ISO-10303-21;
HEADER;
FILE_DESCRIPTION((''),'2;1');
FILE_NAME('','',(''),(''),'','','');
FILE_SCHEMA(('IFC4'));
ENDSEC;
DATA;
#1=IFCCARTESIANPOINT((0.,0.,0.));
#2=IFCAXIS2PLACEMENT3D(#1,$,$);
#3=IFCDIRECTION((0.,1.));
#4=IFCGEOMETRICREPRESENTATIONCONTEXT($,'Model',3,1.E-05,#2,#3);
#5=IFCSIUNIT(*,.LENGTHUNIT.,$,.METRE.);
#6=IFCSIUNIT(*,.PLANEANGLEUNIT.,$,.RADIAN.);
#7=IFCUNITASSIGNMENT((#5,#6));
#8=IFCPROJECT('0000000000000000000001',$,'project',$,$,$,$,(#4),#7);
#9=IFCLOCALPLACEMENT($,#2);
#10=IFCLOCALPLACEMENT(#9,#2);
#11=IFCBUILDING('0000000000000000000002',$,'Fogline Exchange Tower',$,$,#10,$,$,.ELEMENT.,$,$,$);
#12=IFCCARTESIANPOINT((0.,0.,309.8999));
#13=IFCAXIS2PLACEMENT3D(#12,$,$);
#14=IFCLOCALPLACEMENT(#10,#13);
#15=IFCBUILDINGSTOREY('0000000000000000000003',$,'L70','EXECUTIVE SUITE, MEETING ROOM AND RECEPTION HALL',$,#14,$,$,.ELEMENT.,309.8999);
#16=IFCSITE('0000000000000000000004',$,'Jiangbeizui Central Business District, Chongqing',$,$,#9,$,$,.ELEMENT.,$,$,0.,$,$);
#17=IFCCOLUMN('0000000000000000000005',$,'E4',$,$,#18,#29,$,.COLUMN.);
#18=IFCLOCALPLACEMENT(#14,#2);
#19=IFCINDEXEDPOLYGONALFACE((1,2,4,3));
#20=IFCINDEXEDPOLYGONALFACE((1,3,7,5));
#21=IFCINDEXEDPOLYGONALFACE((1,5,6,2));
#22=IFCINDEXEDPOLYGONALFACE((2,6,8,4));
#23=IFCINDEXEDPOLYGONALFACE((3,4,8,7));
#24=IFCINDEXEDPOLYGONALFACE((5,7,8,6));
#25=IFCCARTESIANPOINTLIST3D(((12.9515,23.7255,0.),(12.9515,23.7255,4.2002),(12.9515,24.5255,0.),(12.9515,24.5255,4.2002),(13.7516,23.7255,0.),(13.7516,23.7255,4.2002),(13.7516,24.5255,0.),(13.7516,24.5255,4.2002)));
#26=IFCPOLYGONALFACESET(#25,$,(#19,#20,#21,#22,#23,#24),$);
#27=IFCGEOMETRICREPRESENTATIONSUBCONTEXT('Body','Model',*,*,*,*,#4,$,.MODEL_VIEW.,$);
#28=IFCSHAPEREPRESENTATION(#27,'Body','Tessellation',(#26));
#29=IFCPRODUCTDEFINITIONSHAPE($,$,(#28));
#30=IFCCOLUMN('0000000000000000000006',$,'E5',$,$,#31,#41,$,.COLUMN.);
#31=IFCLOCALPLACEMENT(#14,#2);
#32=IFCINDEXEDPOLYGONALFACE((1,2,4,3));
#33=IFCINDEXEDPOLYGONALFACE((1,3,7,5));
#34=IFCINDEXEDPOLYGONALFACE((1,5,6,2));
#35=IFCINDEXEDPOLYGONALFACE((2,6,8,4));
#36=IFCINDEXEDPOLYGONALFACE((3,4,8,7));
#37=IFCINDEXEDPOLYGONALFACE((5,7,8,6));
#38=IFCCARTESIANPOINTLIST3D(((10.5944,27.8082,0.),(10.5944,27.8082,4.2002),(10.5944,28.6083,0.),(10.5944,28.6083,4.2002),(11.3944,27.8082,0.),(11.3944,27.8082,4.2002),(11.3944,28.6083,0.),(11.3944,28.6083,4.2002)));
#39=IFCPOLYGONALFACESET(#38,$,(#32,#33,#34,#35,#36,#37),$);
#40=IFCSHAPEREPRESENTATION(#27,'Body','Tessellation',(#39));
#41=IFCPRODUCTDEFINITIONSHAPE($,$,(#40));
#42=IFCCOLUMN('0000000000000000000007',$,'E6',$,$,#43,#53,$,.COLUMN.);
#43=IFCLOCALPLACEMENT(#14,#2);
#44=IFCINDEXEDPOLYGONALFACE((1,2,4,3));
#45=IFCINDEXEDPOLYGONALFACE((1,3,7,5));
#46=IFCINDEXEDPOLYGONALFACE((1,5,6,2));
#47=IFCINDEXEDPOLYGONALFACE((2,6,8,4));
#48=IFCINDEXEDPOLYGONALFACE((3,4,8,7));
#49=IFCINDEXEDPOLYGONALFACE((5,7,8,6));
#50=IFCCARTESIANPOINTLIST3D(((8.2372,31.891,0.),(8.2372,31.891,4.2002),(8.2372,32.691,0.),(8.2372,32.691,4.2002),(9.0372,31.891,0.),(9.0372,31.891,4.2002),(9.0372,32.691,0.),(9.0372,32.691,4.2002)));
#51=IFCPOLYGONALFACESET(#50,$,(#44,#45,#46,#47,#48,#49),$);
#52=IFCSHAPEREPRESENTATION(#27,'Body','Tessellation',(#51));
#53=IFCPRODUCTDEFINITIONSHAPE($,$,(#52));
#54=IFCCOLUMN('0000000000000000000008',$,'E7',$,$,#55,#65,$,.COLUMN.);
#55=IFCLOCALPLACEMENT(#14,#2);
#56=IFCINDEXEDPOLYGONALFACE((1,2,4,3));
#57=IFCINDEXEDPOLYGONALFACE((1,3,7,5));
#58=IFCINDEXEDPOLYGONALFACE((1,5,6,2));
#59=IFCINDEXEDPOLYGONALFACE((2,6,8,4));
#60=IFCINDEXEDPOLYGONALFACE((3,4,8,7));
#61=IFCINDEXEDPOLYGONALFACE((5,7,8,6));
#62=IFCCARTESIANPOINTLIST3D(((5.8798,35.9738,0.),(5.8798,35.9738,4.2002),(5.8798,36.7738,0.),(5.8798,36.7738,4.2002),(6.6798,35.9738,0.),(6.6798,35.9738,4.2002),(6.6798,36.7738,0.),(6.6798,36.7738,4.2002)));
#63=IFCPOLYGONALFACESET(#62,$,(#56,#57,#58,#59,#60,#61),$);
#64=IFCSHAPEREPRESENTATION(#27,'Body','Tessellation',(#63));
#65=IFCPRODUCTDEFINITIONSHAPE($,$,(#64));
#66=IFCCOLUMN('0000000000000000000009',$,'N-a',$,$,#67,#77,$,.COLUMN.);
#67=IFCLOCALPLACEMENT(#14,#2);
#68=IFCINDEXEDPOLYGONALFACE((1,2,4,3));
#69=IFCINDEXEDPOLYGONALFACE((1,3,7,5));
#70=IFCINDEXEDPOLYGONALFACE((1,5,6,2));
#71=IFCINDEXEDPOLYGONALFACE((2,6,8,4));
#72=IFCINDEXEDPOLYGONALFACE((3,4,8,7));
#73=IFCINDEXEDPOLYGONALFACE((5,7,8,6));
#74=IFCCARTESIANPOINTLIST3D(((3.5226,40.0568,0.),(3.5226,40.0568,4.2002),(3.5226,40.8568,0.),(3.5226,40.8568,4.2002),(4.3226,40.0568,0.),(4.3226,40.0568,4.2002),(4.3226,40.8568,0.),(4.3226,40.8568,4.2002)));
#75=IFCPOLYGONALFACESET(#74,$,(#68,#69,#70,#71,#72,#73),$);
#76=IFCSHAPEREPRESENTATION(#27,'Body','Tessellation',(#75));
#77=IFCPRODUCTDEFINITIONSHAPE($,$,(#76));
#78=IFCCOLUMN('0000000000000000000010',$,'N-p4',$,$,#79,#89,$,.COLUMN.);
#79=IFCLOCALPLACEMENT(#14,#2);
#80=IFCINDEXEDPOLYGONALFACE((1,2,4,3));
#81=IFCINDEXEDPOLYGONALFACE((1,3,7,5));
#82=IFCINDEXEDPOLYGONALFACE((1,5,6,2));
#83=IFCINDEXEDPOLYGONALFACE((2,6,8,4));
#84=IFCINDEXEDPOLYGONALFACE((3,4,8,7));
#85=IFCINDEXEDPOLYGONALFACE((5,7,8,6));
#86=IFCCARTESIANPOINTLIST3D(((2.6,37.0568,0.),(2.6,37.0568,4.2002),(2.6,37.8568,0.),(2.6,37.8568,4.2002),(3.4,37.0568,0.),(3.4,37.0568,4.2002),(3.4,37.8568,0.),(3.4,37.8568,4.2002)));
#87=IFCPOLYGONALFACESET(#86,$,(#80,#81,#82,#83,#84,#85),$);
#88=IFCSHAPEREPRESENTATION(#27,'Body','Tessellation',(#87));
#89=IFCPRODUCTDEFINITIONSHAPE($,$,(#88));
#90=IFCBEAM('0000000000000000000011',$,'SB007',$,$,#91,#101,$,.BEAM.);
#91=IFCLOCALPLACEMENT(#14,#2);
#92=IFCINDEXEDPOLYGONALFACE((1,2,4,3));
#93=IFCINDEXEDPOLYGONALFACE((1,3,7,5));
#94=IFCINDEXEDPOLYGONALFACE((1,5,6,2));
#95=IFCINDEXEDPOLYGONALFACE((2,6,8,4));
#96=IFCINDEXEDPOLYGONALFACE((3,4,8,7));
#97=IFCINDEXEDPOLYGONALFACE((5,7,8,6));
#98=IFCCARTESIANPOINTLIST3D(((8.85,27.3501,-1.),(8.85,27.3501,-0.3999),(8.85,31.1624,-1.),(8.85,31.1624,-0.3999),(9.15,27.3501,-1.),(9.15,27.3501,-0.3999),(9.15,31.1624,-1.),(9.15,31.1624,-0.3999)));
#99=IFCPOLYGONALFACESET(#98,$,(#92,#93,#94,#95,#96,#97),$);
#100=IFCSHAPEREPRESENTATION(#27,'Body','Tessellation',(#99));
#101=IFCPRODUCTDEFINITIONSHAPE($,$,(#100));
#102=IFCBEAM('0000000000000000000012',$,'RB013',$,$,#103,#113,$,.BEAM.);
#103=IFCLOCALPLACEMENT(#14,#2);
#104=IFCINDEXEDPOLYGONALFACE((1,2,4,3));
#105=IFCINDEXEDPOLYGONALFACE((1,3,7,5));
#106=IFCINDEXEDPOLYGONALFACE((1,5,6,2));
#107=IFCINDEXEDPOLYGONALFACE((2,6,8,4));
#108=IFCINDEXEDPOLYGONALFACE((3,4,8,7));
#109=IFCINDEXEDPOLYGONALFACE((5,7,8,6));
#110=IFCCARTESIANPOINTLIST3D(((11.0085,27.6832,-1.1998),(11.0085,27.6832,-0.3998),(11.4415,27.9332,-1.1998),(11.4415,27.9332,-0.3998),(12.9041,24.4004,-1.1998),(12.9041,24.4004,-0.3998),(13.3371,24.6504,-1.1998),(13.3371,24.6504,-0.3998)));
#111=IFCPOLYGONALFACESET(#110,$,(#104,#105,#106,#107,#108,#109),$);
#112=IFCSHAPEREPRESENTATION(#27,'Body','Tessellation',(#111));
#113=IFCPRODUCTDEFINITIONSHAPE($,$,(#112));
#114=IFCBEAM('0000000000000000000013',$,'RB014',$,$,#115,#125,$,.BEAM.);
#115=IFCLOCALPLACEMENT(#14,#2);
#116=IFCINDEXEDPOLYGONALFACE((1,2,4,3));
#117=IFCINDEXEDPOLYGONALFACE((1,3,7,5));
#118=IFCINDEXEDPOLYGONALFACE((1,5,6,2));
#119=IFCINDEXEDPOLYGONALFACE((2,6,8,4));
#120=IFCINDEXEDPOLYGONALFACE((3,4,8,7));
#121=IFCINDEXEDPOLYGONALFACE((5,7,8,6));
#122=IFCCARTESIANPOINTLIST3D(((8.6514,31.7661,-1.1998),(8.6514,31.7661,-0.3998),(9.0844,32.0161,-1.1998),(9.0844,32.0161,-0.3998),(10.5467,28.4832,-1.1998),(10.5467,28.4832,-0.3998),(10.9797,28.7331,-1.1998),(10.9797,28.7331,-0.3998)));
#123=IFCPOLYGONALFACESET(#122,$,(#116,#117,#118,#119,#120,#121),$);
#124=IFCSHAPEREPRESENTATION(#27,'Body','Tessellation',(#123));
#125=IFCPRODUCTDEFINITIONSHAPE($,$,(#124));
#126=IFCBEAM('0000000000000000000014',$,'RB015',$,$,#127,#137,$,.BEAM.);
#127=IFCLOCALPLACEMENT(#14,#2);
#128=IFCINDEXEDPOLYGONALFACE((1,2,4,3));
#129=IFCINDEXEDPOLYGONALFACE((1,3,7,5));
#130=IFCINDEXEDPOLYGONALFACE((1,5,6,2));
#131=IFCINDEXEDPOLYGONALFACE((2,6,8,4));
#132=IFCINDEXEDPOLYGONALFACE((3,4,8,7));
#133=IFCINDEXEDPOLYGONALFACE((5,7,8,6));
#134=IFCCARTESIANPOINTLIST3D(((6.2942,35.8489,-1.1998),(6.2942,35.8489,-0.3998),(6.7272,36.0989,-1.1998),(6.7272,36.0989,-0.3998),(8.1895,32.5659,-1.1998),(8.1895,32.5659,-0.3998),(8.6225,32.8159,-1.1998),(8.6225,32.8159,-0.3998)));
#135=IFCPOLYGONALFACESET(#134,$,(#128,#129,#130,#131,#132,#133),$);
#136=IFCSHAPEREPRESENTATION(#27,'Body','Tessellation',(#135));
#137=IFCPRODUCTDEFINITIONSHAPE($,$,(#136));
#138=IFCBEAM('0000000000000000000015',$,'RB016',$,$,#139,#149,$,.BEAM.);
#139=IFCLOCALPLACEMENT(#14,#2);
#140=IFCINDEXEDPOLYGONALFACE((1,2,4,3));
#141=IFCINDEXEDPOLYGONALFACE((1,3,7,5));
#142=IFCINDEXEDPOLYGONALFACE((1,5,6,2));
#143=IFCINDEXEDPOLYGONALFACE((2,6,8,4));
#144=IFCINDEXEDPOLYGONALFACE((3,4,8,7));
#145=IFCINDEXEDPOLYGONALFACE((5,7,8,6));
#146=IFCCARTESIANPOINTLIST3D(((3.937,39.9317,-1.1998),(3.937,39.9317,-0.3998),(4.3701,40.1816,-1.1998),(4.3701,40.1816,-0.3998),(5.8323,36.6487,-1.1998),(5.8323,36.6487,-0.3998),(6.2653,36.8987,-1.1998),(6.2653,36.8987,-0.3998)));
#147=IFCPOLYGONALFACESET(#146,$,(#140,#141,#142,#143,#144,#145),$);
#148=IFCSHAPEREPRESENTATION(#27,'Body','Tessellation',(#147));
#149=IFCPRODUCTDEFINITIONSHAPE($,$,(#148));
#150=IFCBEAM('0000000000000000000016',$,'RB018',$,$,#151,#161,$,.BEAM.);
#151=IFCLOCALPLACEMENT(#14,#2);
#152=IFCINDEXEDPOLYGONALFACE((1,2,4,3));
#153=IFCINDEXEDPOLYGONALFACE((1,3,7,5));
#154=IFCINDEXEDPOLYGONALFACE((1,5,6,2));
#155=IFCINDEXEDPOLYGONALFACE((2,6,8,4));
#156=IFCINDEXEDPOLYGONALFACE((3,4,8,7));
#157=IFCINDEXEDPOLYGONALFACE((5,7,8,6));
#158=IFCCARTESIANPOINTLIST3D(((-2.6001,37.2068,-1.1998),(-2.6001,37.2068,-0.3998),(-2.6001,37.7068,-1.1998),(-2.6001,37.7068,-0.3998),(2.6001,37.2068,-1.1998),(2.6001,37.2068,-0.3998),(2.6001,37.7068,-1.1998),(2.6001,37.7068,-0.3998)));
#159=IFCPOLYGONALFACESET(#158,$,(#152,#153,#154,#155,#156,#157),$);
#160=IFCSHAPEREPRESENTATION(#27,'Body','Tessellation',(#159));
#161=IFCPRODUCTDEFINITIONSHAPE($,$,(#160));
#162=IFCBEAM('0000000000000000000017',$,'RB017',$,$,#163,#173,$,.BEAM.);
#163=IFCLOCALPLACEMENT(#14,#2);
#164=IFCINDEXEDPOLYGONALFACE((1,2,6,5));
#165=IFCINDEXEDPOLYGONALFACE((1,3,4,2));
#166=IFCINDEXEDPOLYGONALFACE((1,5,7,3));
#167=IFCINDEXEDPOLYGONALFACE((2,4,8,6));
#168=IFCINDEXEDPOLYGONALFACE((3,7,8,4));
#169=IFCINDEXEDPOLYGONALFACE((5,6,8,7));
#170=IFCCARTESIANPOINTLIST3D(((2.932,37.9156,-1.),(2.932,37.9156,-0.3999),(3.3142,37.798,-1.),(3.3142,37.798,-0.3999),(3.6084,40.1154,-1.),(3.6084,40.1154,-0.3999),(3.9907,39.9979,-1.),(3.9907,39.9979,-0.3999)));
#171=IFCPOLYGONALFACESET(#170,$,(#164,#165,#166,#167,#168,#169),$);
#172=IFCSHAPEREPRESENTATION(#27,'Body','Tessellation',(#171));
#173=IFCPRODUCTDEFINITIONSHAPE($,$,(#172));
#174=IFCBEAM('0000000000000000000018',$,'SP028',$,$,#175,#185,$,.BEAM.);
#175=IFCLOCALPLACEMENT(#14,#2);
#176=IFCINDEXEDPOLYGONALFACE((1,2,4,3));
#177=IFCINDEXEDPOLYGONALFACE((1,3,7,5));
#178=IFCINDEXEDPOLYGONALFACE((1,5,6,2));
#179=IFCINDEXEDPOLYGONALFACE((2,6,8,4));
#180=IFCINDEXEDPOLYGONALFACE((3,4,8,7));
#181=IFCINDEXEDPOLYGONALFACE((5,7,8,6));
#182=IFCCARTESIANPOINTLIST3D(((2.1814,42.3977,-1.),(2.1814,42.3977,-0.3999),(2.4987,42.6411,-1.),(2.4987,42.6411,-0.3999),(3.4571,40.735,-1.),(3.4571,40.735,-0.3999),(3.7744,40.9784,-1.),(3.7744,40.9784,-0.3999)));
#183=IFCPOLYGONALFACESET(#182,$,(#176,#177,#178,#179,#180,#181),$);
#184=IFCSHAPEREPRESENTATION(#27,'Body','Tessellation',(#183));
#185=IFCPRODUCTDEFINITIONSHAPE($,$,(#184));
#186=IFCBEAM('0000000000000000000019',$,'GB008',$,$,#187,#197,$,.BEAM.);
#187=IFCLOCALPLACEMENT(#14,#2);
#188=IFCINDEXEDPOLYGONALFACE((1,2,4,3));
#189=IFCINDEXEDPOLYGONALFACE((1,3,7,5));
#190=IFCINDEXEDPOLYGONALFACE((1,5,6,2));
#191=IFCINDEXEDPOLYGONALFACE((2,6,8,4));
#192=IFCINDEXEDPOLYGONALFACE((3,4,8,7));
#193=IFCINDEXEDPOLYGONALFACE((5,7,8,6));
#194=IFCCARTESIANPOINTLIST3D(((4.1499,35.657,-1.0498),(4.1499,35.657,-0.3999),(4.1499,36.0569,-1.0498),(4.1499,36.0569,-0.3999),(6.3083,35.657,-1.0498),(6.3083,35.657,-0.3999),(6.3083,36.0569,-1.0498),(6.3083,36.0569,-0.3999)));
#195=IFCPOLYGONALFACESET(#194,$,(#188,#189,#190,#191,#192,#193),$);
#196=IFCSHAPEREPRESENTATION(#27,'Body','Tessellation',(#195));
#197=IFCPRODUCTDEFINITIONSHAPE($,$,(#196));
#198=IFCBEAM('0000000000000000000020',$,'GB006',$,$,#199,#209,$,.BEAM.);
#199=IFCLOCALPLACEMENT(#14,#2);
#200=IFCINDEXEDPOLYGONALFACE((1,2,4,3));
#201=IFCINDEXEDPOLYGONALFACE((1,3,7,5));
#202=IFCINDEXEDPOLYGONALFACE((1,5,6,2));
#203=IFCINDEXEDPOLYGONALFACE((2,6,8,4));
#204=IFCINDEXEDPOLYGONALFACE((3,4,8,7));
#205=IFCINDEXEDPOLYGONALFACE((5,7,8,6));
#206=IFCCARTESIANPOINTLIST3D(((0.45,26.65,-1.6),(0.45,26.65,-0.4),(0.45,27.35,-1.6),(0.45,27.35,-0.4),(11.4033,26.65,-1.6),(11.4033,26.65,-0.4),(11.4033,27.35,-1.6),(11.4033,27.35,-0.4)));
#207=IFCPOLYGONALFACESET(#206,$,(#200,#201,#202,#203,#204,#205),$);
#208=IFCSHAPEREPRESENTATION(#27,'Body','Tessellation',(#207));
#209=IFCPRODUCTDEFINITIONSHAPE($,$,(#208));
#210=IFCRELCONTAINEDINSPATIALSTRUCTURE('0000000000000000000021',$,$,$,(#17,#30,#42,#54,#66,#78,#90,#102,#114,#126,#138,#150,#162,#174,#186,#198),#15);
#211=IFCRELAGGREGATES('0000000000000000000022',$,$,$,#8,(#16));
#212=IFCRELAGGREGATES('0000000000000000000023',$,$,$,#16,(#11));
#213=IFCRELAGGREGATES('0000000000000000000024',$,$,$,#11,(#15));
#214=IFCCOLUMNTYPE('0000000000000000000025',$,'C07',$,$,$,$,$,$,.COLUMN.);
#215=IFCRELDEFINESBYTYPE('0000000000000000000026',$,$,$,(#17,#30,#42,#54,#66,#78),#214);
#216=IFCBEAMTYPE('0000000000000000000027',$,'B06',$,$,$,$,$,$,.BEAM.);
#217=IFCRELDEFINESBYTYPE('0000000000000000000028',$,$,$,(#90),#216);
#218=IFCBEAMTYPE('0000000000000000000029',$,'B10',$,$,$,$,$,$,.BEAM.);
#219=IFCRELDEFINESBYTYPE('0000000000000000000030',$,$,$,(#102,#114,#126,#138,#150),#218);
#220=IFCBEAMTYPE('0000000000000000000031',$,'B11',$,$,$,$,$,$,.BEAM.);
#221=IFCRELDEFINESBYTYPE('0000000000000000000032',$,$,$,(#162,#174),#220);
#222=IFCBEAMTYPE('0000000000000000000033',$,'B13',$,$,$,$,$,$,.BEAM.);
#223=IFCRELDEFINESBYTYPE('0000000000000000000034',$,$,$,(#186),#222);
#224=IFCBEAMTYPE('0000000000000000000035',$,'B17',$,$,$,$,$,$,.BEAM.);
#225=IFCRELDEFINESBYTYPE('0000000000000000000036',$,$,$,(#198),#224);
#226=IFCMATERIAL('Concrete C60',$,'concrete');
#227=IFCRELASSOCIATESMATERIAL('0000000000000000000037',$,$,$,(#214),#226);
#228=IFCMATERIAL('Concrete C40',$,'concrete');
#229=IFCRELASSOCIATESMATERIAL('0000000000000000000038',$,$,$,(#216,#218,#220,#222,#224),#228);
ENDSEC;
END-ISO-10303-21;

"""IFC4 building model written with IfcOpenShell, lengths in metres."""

from ifc_helpers import new_model, si_unit, direction, frame, origin, origin_2d, place, context, subcontext, project, spatial, rectangle, extrude, material, material_profile, profile_set, type_object, element, save


model = new_model("IFC4")

# Units and contexts
model_context = context("Model", 3, precision=1e-05, world=origin(), true_north=direction((0.0, 1.0)))
body_context = subcontext(model_context, "Body", "Model", "MODEL_VIEW")
ifc_project = project(units=[si_unit("LENGTHUNIT", "METRE"), si_unit("PLANEANGLEUNIT", "RADIAN")], contexts=[model_context])

# Site, building, storey
site_placement = place(None, origin())
site = spatial("IfcSite", under=ifc_project, at=site_placement, Name="Jiangbeizui Central Business District, Chongqing", CompositionType="ELEMENT", RefElevation=0.0)
building_placement = place(site_placement, origin())
building = spatial("IfcBuilding", under=site, at=building_placement, Name="Fogline Exchange Tower", CompositionType="ELEMENT")
storey_placement = place(building_placement, frame((0.0, 0.0, 309.8999)))
storey = spatial("IfcBuildingStorey", under=building, at=storey_placement, Name="L70", Description="EXECUTIVE SUITE, MEETING ROOM AND RECEPTION HALL", CompositionType="ELEMENT", Elevation=309.8999)

# Columns
ifc_material_1 = material(Name="Concrete C60", Category="concrete")
ifc_material_profile_1 = material_profile(ifc_material_1, rectangle(XDim=0.8, YDim=0.8, at=origin_2d()), Name="RC 800x800")
ifc_profile_set_1 = profile_set([ifc_material_profile_1], Name="Concrete C60")
column_type = type_object("IfcColumnType", Name="C07", PredefinedType="COLUMN", material=ifc_profile_set_1)
for number, where, z_axis, x_axis, name in (
    (1, (13.3516, 24.1255, 0.0), (0.0, 0.0, 1.0), (1.0, 0.0, 0.0), "E4"),
    (2, (10.9944, 28.2083, 0.0), (0.0, 0.0, 1.0), (1.0, 0.0, 0.0), "E5"),
    (3, (8.6372, 32.291, 0.0), (0.0, 0.0, 1.0), (1.0, 0.0, 0.0), "E6"),
    (4, (6.2798, 36.3738, 0.0), (0.0, 0.0, 1.0), (1.0, 0.0, 0.0), "E7"),
    (5, (3.9226, 40.4568, 0.0), (0.0, 0.0, 1.0), (1.0, 0.0, 0.0), "N-a"),
    (6, (3.0, 37.4568, 0.0), (0.0, 0.0, 1.0), (1.0, 0.0, 0.0), "N-p4"),
):
    element("IfcColumn", number, at=place(storey_placement, frame(where, z_axis=z_axis, x_axis=x_axis)), inside=storey, type_object=column_type, Name=name, PredefinedType="COLUMN", context=body_context, shape_type="SweptSolid", body=[
        extrude(rectangle(XDim=0.8, YDim=0.8, at=origin_2d()), origin(), (0.0, 0.0, 1.0), 4.2002),
    ])

# Beams
ifc_material_2 = material(Name="Concrete C40", Category="concrete")
ifc_material_profile_2 = material_profile(ifc_material_2, rectangle(XDim=0.3, YDim=0.6001, at=origin_2d()), Name="RC 300x600")
ifc_profile_set_2 = profile_set([ifc_material_profile_2], Name="Concrete C40")
beam_type_1 = type_object("IfcBeamType", Name="B06", PredefinedType="BEAM", material=ifc_profile_set_2)
beam_1_placement = place(storey_placement, frame((9.0, 27.3501, -0.7), z_axis=(0.0, 1.0, 0.0), x_axis=(-1.0, 0.0, 0.0)))
element("IfcBeam", 7, at=beam_1_placement, inside=storey, type_object=beam_type_1, Name="SB007", PredefinedType="BEAM", context=body_context, shape_type="SweptSolid", body=[
    extrude(rectangle(XDim=0.3, YDim=0.6001, at=origin_2d()), origin(), (0.0, 0.0, 1.0), 3.8123),
])
ifc_material_profile_3 = material_profile(ifc_material_2, rectangle(XDim=0.5, YDim=0.8, at=origin_2d()), Name="RC 500x800")
ifc_profile_set_3 = profile_set([ifc_material_profile_3], Name="Concrete C40")
beam_type_2 = type_object("IfcBeamType", Name="B10", PredefinedType="BEAM", material=ifc_profile_set_3)
for number, where, z_axis, x_axis, name in (
    (8, (13.1206, 24.5254, -0.7998), (-0.500046, 0.865999, 0.0), (-0.865999, -0.500046, 0.0), "RB013"),
    (9, (10.7632, 28.6082, -0.7998), (-0.49997, 0.866043, 0.0), (-0.866043, -0.49997, 0.0), "RB014"),
    (10, (8.406, 32.6909, -0.7998), (-0.49997, 0.866043, 0.0), (-0.866043, -0.49997, 0.0), "RB015"),
    (11, (6.0488, 36.7737, -0.7998), (-0.49997, 0.866043, 0.0), (-0.866043, -0.49997, 0.0), "RB016"),
):
    element("IfcBeam", number, at=place(storey_placement, frame(where, z_axis=z_axis, x_axis=x_axis)), inside=storey, type_object=beam_type_2, Name=name, PredefinedType="BEAM", context=body_context, shape_type="SweptSolid", body=[
        extrude(rectangle(XDim=0.5, YDim=0.8, at=origin_2d()), origin(), (0.0, 0.0, 1.0), 3.7908),
    ])
beam_2_placement = place(storey_placement, frame((2.6001, 37.4568, -0.7998), z_axis=(-1.0, 0.0, 0.0), x_axis=(0.0, -1.0, 0.0)))
element("IfcBeam", 12, at=beam_2_placement, inside=storey, type_object=beam_type_2, Name="RB018", PredefinedType="BEAM", context=body_context, shape_type="SweptSolid", body=[
    extrude(rectangle(XDim=0.5, YDim=0.8, at=origin_2d()), origin(), (0.0, 0.0, 1.0), 5.2002),
])
ifc_material_profile_4 = material_profile(ifc_material_2, rectangle(XDim=0.3999, YDim=0.6001, at=origin_2d()), Name="RC 400x600")
ifc_profile_set_4 = profile_set([ifc_material_profile_4], Name="Concrete C40")
beam_type_3 = type_object("IfcBeamType", Name="B11", PredefinedType="BEAM", material=ifc_profile_set_4)
beam_3_placement = place(storey_placement, frame((3.7996, 40.0566, -0.7), z_axis=(-0.293929, -0.955827, 0.0), x_axis=(0.955827, -0.293929, 0.0)))
element("IfcBeam", 13, at=beam_3_placement, inside=storey, type_object=beam_type_3, Name="RB017", PredefinedType="BEAM", context=body_context, shape_type="SweptSolid", body=[
    extrude(rectangle(XDim=0.3999, YDim=0.6001, at=origin_2d()), origin(), (0.0, 0.0, 1.0), 2.3015),
])
beam_4_placement = place(storey_placement, frame((3.6157, 40.8567, -0.7), z_axis=(-0.608725, 0.793381, 0.0), x_axis=(-0.793381, -0.608725, 0.0)))
element("IfcBeam", 14, at=beam_4_placement, inside=storey, type_object=beam_type_3, Name="SP028", PredefinedType="BEAM", context=body_context, shape_type="SweptSolid", body=[
    extrude(rectangle(XDim=0.3999, YDim=0.6001, at=origin_2d()), origin(), (0.0, 0.0, 1.0), 2.0957),
])
ifc_material_profile_5 = material_profile(ifc_material_2, rectangle(XDim=0.3999, YDim=0.6499, at=origin_2d()), Name="RC 400x650")
ifc_profile_set_5 = profile_set([ifc_material_profile_5], Name="Concrete C40")
beam_type_4 = type_object("IfcBeamType", Name="B13", PredefinedType="BEAM", material=ifc_profile_set_5)
beam_5_placement = place(storey_placement, frame((4.1499, 35.8569, -0.7249), z_axis=(1.0, 0.0, 0.0), x_axis=(0.0, 1.0, 0.0)))
element("IfcBeam", 15, at=beam_5_placement, inside=storey, type_object=beam_type_4, Name="GB008", PredefinedType="BEAM", context=body_context, shape_type="SweptSolid", body=[
    extrude(rectangle(XDim=0.3999, YDim=0.6499, at=origin_2d()), origin(), (0.0, 0.0, 1.0), 2.1584),
])
ifc_material_profile_6 = material_profile(ifc_material_2, rectangle(XDim=0.7, YDim=1.2, at=origin_2d()), Name="RC 700x1200")
ifc_profile_set_6 = profile_set([ifc_material_profile_6], Name="Concrete C40")
beam_type_5 = type_object("IfcBeamType", Name="B17", PredefinedType="BEAM", material=ifc_profile_set_6)
beam_6_placement = place(storey_placement, frame((0.45, 27.0, -1.0), z_axis=(1.0, 0.0, 0.0), x_axis=(0.0, 1.0, 0.0)))
element("IfcBeam", 16, at=beam_6_placement, inside=storey, type_object=beam_type_5, Name="GB006", PredefinedType="BEAM", context=body_context, shape_type="SweptSolid", body=[
    extrude(rectangle(XDim=0.7, YDim=1.2, at=origin_2d()), origin(), (0.0, 0.0, 1.0), 10.9534),
])

save(model, "model.ifc")
